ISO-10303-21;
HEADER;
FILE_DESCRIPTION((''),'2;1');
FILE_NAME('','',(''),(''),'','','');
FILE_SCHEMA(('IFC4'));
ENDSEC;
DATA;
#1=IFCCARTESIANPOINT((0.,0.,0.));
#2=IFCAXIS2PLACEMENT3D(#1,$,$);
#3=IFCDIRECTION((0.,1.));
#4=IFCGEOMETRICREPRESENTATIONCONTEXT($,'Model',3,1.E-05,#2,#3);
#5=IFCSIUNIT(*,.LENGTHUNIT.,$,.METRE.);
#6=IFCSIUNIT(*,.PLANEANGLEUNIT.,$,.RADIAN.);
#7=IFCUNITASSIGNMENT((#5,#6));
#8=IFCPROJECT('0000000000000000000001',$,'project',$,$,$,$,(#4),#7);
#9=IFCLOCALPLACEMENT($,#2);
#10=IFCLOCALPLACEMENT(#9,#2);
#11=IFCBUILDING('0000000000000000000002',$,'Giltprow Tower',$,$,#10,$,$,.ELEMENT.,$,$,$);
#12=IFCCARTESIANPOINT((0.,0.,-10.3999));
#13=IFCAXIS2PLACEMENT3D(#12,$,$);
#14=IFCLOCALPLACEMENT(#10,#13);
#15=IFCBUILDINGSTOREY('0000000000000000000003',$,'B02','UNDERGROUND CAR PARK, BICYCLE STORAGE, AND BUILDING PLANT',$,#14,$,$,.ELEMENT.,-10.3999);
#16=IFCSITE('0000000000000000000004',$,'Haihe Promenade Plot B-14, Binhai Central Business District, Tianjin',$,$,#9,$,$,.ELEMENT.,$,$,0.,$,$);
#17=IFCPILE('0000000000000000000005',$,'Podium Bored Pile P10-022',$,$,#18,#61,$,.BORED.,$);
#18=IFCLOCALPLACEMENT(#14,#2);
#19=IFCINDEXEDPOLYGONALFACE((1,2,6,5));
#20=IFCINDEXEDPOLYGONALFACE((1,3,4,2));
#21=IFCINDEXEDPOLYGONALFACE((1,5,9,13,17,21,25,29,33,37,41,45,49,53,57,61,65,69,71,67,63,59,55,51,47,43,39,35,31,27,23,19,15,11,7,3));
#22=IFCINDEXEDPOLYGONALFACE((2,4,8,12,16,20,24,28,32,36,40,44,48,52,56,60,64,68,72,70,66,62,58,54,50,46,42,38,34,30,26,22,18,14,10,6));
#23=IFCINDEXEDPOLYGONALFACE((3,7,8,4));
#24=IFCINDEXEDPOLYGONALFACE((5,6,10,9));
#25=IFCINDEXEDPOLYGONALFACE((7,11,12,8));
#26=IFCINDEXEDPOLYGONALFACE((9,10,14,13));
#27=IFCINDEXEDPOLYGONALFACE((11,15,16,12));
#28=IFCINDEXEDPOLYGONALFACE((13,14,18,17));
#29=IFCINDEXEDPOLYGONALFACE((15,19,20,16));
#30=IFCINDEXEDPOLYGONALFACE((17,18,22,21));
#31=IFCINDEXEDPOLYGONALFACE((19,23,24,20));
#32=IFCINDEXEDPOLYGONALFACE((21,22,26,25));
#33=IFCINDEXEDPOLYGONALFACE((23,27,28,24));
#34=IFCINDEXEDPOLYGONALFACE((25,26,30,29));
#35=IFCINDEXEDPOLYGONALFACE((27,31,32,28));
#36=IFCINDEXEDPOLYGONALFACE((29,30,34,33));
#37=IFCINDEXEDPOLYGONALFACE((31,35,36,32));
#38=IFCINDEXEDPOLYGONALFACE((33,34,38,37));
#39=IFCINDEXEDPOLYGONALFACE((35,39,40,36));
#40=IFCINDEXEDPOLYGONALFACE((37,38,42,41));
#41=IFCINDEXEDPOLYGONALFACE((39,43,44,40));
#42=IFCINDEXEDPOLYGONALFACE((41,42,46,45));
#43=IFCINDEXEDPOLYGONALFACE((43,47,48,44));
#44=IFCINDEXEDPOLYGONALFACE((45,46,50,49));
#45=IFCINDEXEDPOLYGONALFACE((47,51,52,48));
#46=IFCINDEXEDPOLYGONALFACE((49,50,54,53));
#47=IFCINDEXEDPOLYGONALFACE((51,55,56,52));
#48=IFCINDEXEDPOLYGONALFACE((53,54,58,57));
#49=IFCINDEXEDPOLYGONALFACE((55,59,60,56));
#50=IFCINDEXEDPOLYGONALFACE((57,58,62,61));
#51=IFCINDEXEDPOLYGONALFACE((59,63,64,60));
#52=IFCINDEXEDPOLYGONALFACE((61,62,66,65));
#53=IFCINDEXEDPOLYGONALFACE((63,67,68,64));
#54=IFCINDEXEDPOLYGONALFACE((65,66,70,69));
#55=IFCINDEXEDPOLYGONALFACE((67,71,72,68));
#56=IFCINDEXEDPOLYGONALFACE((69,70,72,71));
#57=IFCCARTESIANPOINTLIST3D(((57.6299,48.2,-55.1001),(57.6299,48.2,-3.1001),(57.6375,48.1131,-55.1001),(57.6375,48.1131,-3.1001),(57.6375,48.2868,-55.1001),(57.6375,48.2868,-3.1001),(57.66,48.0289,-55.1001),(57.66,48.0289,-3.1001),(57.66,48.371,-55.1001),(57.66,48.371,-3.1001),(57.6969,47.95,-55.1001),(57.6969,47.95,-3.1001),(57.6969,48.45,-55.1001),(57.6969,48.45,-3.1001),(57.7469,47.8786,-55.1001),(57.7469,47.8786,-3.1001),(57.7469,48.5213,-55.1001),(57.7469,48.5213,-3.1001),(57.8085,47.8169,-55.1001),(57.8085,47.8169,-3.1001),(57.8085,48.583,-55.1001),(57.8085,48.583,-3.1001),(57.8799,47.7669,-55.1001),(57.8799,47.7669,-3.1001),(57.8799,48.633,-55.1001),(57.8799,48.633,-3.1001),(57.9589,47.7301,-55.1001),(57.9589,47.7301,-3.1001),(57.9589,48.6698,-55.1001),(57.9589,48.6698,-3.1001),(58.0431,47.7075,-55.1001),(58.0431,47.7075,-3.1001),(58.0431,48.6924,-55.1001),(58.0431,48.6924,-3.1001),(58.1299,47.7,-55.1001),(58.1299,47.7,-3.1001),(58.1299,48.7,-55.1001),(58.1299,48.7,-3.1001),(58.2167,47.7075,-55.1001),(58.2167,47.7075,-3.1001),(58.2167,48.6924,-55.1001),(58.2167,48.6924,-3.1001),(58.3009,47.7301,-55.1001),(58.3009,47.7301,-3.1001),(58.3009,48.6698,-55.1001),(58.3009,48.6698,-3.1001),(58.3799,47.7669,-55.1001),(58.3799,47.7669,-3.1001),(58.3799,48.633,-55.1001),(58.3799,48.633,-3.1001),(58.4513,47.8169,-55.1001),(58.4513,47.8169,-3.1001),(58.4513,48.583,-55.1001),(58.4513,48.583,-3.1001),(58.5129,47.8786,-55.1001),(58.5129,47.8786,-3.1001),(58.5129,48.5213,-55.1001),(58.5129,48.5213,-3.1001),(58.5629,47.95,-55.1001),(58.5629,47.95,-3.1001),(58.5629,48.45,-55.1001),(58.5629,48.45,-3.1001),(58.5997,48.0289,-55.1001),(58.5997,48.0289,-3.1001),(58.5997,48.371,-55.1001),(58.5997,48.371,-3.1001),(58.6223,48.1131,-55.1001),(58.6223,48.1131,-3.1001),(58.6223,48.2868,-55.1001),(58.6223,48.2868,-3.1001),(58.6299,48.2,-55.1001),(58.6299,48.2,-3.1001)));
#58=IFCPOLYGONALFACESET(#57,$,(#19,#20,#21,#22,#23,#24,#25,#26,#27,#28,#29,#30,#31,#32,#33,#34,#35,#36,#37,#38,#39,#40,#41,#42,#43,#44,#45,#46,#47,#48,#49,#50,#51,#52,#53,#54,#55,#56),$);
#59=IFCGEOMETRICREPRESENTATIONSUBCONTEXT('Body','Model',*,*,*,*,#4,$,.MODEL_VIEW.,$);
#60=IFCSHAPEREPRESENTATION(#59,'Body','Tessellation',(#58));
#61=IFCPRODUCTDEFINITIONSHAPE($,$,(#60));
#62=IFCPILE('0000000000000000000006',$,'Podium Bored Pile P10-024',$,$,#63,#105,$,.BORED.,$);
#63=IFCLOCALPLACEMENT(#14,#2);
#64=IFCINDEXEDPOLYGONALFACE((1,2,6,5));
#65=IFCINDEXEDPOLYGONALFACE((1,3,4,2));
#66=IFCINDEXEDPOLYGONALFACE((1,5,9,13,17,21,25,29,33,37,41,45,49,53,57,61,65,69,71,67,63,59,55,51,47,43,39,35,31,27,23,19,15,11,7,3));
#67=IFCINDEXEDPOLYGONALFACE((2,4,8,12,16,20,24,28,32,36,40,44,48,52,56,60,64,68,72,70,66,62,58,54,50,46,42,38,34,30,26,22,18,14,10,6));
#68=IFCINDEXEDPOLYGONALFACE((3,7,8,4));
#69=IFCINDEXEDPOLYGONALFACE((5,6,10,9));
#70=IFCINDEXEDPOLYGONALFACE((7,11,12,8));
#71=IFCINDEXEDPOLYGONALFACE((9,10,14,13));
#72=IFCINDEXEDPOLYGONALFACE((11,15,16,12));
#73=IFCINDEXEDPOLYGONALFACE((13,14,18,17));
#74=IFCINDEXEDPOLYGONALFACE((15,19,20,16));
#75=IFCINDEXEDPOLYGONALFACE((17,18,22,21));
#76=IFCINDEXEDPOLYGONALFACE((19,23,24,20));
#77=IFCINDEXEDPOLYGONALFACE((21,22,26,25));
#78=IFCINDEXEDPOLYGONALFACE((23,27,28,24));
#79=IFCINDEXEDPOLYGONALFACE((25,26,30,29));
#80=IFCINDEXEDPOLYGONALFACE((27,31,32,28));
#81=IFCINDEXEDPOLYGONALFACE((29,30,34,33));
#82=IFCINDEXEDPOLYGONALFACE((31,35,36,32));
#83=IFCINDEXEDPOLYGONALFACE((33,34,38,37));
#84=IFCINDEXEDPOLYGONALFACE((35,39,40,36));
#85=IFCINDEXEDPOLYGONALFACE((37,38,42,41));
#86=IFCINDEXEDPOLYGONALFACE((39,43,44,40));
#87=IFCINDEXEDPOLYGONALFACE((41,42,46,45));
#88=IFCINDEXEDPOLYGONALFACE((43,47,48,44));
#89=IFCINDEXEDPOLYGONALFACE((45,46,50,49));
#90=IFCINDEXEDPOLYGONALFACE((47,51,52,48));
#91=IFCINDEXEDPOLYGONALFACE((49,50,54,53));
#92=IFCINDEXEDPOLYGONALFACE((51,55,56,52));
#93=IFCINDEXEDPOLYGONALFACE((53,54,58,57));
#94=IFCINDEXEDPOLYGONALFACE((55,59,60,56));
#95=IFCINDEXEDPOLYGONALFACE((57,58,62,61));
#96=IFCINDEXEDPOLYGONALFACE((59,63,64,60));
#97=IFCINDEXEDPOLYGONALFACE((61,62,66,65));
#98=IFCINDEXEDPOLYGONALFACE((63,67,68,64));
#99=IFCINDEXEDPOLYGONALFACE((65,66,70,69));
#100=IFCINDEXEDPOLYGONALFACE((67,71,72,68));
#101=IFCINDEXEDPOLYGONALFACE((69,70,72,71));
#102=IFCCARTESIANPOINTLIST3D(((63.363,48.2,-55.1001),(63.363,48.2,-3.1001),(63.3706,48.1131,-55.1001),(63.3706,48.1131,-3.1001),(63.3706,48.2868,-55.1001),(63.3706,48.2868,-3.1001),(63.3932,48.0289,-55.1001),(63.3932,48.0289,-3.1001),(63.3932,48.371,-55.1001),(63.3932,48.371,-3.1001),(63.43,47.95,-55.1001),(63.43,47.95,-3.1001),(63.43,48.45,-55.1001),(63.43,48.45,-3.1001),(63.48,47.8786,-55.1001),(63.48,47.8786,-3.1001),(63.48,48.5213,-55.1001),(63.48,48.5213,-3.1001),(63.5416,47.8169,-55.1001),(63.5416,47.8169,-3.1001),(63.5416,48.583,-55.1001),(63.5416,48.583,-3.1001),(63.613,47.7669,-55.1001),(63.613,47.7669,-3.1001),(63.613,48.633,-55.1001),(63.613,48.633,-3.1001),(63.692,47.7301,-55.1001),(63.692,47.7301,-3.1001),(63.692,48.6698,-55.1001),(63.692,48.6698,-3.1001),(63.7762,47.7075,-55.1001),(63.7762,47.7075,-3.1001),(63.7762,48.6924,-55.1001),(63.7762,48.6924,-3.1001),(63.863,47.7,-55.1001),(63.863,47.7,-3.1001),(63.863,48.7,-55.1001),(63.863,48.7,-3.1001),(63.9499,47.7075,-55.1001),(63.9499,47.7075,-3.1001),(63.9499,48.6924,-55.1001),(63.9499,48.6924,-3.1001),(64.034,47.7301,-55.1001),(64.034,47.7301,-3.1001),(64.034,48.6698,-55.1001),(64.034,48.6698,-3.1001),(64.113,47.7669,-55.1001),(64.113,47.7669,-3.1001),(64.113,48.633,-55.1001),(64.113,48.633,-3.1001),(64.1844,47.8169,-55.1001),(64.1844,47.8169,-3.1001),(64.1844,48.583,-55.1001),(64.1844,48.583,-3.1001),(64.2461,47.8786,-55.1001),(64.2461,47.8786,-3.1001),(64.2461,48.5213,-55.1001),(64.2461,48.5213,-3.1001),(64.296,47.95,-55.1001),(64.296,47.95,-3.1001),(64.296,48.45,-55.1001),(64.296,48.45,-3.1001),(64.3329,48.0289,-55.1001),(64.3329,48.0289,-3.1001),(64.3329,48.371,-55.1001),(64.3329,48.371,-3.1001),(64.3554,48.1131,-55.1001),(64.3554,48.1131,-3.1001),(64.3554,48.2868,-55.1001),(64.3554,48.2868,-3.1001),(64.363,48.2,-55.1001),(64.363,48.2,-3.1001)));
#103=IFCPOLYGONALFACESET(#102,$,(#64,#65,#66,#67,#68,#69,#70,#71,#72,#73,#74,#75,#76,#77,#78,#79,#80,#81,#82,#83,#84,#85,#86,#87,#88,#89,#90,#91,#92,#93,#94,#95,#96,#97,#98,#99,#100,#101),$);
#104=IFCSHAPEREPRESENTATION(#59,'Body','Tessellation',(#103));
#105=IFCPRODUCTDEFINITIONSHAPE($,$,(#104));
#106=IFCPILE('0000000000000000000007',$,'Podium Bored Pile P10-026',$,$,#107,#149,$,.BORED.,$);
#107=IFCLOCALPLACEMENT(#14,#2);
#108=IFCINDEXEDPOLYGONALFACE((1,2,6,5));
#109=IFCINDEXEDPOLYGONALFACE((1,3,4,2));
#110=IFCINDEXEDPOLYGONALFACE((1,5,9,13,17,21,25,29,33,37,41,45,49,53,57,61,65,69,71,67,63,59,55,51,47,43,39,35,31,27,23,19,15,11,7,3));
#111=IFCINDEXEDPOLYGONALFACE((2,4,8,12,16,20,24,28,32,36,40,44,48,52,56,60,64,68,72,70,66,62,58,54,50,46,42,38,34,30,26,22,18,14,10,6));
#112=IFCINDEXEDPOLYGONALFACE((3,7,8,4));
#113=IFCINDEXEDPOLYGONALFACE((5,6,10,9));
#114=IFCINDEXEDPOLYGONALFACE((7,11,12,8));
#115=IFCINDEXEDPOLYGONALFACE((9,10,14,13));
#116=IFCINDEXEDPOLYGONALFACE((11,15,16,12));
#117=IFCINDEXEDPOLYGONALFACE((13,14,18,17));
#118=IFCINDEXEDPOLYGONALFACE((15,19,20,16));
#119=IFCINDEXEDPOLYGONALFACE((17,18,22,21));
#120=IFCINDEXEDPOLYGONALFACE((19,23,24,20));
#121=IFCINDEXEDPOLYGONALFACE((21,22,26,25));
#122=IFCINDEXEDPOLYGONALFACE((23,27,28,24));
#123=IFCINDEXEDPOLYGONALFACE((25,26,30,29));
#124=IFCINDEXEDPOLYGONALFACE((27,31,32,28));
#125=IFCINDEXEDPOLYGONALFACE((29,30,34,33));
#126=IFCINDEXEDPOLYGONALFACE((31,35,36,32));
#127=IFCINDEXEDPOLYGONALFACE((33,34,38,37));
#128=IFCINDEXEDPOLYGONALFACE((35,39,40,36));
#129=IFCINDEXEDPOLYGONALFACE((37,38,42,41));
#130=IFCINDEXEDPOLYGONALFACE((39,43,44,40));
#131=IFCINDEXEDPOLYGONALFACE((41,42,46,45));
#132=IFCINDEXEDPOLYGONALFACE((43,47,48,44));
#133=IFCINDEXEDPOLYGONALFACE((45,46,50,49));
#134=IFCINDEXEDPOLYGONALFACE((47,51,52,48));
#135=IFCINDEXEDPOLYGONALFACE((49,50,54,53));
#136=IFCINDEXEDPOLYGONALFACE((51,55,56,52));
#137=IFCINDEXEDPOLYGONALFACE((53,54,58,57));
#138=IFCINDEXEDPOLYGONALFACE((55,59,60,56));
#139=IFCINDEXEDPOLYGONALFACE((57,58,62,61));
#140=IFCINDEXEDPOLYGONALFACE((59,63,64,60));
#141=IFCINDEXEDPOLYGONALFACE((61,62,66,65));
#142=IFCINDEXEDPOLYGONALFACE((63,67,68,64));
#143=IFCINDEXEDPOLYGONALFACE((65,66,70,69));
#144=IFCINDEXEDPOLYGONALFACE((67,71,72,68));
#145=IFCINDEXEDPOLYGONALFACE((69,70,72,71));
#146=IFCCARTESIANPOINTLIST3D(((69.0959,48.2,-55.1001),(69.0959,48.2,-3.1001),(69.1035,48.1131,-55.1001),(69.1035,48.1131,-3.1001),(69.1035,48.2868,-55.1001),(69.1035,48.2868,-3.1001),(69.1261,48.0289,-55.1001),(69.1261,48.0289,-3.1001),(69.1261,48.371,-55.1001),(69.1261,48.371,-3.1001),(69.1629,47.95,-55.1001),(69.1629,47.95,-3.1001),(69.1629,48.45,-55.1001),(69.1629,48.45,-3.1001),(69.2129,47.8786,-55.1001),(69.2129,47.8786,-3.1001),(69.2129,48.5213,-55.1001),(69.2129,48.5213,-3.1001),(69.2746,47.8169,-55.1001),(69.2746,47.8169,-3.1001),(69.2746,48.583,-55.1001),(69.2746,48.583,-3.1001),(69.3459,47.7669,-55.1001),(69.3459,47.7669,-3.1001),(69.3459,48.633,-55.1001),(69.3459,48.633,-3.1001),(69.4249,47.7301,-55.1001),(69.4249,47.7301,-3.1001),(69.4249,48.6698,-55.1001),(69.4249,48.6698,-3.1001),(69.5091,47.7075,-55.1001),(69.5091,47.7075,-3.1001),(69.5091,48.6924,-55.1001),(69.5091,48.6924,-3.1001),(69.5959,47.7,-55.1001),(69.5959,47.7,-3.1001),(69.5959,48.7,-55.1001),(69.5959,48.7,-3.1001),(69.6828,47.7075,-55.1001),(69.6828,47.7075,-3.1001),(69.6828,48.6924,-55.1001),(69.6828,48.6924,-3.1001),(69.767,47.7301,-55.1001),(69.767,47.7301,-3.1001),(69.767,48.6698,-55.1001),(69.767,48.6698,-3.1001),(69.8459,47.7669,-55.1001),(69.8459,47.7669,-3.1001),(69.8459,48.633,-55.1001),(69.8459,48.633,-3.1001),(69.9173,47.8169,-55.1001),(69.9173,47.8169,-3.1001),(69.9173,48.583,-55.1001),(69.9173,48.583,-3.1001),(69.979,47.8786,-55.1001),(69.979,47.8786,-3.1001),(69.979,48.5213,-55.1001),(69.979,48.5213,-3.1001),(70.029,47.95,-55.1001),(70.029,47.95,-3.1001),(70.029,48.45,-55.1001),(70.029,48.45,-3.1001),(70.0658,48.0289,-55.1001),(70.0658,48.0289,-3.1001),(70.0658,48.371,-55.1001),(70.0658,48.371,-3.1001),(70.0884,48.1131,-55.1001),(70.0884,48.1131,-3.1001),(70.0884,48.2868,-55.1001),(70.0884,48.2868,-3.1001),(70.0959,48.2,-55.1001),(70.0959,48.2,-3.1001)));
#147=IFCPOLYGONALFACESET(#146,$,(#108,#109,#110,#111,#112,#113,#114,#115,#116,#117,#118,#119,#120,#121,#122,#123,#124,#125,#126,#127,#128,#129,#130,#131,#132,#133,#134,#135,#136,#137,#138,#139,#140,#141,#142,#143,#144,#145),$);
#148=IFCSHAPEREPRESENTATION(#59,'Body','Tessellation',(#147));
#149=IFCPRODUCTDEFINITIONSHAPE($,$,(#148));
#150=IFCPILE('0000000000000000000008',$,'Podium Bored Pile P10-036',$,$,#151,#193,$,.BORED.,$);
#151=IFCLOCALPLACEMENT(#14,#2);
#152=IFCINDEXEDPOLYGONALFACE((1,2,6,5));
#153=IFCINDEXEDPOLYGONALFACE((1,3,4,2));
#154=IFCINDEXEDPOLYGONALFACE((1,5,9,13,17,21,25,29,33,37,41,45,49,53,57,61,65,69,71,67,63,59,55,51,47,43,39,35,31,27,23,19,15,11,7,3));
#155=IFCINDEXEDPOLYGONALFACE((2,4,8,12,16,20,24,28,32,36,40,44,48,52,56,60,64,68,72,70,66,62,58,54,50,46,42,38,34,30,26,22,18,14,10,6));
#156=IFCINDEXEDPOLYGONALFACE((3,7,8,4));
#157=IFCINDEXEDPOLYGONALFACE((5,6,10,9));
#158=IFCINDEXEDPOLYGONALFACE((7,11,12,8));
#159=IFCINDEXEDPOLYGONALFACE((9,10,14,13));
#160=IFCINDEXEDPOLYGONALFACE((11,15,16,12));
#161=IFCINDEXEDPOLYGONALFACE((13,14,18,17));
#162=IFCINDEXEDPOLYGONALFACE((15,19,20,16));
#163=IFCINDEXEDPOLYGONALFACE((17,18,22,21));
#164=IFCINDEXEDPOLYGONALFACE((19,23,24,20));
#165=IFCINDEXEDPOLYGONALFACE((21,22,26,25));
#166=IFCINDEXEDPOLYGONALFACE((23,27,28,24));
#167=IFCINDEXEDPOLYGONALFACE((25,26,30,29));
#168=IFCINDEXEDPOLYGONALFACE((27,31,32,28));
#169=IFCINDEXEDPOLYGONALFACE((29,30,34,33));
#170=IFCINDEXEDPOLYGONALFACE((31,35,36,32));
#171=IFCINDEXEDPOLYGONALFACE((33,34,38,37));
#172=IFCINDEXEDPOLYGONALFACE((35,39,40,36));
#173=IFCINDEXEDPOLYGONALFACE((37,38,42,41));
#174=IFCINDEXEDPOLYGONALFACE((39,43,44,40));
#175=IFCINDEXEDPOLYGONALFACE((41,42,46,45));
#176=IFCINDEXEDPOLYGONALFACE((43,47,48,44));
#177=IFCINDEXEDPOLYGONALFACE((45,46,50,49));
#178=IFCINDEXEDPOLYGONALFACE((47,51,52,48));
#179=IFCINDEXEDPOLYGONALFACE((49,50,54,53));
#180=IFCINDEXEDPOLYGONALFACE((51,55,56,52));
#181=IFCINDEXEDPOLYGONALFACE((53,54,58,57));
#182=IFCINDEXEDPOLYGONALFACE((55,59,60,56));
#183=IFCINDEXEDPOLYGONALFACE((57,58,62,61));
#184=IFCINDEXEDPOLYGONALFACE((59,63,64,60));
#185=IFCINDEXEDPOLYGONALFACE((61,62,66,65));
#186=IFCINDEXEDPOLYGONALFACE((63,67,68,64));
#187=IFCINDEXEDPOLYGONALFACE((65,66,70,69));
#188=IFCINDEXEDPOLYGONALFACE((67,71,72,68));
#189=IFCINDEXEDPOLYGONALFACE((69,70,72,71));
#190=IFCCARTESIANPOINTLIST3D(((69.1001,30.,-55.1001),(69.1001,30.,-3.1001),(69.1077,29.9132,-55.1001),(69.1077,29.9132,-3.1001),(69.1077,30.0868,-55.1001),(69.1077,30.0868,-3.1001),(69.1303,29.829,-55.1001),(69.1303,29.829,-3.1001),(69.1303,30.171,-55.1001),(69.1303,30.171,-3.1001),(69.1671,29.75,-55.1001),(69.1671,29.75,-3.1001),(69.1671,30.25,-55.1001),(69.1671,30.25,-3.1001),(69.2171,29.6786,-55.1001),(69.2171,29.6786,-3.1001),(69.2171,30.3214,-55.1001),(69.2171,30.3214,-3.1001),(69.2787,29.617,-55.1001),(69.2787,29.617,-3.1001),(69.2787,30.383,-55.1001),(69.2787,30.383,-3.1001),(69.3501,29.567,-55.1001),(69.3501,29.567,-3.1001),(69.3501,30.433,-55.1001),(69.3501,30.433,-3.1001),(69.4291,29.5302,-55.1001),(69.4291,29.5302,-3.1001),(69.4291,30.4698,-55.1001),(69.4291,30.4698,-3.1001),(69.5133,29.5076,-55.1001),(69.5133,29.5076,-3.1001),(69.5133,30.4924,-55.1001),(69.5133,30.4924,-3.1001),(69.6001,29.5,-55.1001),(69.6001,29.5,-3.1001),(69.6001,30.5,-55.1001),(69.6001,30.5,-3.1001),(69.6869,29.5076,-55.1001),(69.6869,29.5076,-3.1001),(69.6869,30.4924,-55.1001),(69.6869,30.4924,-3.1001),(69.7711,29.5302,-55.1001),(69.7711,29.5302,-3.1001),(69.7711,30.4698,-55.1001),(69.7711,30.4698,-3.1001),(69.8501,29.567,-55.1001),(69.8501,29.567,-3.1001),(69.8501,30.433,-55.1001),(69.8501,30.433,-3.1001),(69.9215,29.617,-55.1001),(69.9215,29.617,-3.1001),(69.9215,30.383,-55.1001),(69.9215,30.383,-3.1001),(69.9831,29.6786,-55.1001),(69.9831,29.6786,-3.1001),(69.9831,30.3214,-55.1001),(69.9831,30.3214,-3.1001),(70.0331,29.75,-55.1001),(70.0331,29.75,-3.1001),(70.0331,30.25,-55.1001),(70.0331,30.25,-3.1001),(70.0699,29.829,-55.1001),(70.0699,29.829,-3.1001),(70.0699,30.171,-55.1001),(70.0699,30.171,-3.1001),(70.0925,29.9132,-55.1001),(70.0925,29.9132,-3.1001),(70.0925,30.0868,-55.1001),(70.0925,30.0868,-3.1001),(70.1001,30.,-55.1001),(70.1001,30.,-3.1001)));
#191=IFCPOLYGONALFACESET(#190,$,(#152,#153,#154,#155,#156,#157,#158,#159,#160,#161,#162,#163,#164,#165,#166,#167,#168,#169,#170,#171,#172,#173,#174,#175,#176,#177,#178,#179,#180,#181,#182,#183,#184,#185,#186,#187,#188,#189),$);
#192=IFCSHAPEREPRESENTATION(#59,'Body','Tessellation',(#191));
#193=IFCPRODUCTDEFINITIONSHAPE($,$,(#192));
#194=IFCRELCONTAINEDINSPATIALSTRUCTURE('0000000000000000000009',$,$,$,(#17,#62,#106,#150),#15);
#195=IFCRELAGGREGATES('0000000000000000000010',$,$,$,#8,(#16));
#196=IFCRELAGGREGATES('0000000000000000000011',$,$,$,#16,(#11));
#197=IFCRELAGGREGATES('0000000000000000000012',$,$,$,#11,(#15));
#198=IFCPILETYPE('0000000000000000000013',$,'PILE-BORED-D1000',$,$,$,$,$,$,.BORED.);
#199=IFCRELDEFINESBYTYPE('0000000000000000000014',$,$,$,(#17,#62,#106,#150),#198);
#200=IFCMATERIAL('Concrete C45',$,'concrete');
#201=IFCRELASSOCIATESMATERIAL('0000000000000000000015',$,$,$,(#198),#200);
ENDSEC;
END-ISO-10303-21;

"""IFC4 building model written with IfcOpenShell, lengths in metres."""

from ifc_helpers import new_model, si_unit, direction, frame, origin, origin_2d, place, context, subcontext, project, spatial, circle, extrude, source, transform, mapped, material, material_profile, profile_set, type_object, element, save


model = new_model("IFC4")

# Units and contexts
model_context = context("Model", 3, precision=1e-05, world=origin(), true_north=direction((0.0, 1.0)))
body_context = subcontext(model_context, "Body", "Model", "MODEL_VIEW")
ifc_project = project(units=[si_unit("LENGTHUNIT", "METRE"), si_unit("PLANEANGLEUNIT", "RADIAN")], contexts=[model_context])

# Site, building, storey
site_placement = place(None, origin())
site = spatial("IfcSite", under=ifc_project, at=site_placement, Name="Haihe Promenade Plot B-14, Binhai Central Business District, Tianjin", CompositionType="ELEMENT", RefElevation=0.0)
building_placement = place(site_placement, origin())
building = spatial("IfcBuilding", under=site, at=building_placement, Name="Giltprow Tower", CompositionType="ELEMENT")
storey_placement = place(building_placement, frame((0.0, 0.0, -10.3999)))
storey = spatial("IfcBuildingStorey", under=building, at=storey_placement, Name="B02", Description="UNDERGROUND CAR PARK, BICYCLE STORAGE, AND BUILDING PLANT", CompositionType="ELEMENT", Elevation=-10.3999)

# Piles
ifc_material_1 = material(Name="Concrete C45", Category="concrete")
ifc_material_profile_1 = material_profile(ifc_material_1, circle(Radius=0.5, at=origin_2d()), Name="PILE D1000")
ifc_profile_set_1 = profile_set([ifc_material_profile_1], Name="Concrete C45")
pile_type_1 = type_object("IfcPileType", Name="PILE-BORED-D1000", PredefinedType="BORED", material=ifc_profile_set_1)
shared_shape_1 = source(origin(), body_context, "Body", "SweptSolid", [
    extrude(circle(Radius=0.5, at=origin_2d()), origin(), (0.0, 0.0, 1.0), 52.0),
])
for number, where, z_axis, x_axis, name in (
    (1, (58.1299, 48.2, -3.1001), (0.0, 0.0, -1.0), (1.0, 0.0, 0.0), "Podium Bored Pile P10-022"),
    (2, (63.863, 48.2, -3.1001), (0.0, 0.0, -1.0), (1.0, 0.0, 0.0), "Podium Bored Pile P10-024"),
    (3, (69.5959, 48.2, -3.1001), (0.0, 0.0, -1.0), (1.0, 0.0, 0.0), "Podium Bored Pile P10-026"),
    (4, (69.6001, 30.0, -3.1001), (0.0, 0.0, -1.0), (1.0, 0.0, 0.0), "Podium Bored Pile P10-036"),
):
    element("IfcPile", number, at=place(storey_placement, frame(where, z_axis=z_axis, x_axis=x_axis)), inside=storey, type_object=pile_type_1, Name=name, PredefinedType="BORED", context=body_context, shape_type="MappedRepresentation", body=[
        mapped(shared_shape_1, transform((0.0, 0.0, 0.0), x_axis=(1.0, 0.0, 0.0), y_axis=(0.0, 1.0, 0.0), z_axis=(0.0, 0.0, 1.0), scale=1.0)),
    ])

save(model, "model.ifc")
